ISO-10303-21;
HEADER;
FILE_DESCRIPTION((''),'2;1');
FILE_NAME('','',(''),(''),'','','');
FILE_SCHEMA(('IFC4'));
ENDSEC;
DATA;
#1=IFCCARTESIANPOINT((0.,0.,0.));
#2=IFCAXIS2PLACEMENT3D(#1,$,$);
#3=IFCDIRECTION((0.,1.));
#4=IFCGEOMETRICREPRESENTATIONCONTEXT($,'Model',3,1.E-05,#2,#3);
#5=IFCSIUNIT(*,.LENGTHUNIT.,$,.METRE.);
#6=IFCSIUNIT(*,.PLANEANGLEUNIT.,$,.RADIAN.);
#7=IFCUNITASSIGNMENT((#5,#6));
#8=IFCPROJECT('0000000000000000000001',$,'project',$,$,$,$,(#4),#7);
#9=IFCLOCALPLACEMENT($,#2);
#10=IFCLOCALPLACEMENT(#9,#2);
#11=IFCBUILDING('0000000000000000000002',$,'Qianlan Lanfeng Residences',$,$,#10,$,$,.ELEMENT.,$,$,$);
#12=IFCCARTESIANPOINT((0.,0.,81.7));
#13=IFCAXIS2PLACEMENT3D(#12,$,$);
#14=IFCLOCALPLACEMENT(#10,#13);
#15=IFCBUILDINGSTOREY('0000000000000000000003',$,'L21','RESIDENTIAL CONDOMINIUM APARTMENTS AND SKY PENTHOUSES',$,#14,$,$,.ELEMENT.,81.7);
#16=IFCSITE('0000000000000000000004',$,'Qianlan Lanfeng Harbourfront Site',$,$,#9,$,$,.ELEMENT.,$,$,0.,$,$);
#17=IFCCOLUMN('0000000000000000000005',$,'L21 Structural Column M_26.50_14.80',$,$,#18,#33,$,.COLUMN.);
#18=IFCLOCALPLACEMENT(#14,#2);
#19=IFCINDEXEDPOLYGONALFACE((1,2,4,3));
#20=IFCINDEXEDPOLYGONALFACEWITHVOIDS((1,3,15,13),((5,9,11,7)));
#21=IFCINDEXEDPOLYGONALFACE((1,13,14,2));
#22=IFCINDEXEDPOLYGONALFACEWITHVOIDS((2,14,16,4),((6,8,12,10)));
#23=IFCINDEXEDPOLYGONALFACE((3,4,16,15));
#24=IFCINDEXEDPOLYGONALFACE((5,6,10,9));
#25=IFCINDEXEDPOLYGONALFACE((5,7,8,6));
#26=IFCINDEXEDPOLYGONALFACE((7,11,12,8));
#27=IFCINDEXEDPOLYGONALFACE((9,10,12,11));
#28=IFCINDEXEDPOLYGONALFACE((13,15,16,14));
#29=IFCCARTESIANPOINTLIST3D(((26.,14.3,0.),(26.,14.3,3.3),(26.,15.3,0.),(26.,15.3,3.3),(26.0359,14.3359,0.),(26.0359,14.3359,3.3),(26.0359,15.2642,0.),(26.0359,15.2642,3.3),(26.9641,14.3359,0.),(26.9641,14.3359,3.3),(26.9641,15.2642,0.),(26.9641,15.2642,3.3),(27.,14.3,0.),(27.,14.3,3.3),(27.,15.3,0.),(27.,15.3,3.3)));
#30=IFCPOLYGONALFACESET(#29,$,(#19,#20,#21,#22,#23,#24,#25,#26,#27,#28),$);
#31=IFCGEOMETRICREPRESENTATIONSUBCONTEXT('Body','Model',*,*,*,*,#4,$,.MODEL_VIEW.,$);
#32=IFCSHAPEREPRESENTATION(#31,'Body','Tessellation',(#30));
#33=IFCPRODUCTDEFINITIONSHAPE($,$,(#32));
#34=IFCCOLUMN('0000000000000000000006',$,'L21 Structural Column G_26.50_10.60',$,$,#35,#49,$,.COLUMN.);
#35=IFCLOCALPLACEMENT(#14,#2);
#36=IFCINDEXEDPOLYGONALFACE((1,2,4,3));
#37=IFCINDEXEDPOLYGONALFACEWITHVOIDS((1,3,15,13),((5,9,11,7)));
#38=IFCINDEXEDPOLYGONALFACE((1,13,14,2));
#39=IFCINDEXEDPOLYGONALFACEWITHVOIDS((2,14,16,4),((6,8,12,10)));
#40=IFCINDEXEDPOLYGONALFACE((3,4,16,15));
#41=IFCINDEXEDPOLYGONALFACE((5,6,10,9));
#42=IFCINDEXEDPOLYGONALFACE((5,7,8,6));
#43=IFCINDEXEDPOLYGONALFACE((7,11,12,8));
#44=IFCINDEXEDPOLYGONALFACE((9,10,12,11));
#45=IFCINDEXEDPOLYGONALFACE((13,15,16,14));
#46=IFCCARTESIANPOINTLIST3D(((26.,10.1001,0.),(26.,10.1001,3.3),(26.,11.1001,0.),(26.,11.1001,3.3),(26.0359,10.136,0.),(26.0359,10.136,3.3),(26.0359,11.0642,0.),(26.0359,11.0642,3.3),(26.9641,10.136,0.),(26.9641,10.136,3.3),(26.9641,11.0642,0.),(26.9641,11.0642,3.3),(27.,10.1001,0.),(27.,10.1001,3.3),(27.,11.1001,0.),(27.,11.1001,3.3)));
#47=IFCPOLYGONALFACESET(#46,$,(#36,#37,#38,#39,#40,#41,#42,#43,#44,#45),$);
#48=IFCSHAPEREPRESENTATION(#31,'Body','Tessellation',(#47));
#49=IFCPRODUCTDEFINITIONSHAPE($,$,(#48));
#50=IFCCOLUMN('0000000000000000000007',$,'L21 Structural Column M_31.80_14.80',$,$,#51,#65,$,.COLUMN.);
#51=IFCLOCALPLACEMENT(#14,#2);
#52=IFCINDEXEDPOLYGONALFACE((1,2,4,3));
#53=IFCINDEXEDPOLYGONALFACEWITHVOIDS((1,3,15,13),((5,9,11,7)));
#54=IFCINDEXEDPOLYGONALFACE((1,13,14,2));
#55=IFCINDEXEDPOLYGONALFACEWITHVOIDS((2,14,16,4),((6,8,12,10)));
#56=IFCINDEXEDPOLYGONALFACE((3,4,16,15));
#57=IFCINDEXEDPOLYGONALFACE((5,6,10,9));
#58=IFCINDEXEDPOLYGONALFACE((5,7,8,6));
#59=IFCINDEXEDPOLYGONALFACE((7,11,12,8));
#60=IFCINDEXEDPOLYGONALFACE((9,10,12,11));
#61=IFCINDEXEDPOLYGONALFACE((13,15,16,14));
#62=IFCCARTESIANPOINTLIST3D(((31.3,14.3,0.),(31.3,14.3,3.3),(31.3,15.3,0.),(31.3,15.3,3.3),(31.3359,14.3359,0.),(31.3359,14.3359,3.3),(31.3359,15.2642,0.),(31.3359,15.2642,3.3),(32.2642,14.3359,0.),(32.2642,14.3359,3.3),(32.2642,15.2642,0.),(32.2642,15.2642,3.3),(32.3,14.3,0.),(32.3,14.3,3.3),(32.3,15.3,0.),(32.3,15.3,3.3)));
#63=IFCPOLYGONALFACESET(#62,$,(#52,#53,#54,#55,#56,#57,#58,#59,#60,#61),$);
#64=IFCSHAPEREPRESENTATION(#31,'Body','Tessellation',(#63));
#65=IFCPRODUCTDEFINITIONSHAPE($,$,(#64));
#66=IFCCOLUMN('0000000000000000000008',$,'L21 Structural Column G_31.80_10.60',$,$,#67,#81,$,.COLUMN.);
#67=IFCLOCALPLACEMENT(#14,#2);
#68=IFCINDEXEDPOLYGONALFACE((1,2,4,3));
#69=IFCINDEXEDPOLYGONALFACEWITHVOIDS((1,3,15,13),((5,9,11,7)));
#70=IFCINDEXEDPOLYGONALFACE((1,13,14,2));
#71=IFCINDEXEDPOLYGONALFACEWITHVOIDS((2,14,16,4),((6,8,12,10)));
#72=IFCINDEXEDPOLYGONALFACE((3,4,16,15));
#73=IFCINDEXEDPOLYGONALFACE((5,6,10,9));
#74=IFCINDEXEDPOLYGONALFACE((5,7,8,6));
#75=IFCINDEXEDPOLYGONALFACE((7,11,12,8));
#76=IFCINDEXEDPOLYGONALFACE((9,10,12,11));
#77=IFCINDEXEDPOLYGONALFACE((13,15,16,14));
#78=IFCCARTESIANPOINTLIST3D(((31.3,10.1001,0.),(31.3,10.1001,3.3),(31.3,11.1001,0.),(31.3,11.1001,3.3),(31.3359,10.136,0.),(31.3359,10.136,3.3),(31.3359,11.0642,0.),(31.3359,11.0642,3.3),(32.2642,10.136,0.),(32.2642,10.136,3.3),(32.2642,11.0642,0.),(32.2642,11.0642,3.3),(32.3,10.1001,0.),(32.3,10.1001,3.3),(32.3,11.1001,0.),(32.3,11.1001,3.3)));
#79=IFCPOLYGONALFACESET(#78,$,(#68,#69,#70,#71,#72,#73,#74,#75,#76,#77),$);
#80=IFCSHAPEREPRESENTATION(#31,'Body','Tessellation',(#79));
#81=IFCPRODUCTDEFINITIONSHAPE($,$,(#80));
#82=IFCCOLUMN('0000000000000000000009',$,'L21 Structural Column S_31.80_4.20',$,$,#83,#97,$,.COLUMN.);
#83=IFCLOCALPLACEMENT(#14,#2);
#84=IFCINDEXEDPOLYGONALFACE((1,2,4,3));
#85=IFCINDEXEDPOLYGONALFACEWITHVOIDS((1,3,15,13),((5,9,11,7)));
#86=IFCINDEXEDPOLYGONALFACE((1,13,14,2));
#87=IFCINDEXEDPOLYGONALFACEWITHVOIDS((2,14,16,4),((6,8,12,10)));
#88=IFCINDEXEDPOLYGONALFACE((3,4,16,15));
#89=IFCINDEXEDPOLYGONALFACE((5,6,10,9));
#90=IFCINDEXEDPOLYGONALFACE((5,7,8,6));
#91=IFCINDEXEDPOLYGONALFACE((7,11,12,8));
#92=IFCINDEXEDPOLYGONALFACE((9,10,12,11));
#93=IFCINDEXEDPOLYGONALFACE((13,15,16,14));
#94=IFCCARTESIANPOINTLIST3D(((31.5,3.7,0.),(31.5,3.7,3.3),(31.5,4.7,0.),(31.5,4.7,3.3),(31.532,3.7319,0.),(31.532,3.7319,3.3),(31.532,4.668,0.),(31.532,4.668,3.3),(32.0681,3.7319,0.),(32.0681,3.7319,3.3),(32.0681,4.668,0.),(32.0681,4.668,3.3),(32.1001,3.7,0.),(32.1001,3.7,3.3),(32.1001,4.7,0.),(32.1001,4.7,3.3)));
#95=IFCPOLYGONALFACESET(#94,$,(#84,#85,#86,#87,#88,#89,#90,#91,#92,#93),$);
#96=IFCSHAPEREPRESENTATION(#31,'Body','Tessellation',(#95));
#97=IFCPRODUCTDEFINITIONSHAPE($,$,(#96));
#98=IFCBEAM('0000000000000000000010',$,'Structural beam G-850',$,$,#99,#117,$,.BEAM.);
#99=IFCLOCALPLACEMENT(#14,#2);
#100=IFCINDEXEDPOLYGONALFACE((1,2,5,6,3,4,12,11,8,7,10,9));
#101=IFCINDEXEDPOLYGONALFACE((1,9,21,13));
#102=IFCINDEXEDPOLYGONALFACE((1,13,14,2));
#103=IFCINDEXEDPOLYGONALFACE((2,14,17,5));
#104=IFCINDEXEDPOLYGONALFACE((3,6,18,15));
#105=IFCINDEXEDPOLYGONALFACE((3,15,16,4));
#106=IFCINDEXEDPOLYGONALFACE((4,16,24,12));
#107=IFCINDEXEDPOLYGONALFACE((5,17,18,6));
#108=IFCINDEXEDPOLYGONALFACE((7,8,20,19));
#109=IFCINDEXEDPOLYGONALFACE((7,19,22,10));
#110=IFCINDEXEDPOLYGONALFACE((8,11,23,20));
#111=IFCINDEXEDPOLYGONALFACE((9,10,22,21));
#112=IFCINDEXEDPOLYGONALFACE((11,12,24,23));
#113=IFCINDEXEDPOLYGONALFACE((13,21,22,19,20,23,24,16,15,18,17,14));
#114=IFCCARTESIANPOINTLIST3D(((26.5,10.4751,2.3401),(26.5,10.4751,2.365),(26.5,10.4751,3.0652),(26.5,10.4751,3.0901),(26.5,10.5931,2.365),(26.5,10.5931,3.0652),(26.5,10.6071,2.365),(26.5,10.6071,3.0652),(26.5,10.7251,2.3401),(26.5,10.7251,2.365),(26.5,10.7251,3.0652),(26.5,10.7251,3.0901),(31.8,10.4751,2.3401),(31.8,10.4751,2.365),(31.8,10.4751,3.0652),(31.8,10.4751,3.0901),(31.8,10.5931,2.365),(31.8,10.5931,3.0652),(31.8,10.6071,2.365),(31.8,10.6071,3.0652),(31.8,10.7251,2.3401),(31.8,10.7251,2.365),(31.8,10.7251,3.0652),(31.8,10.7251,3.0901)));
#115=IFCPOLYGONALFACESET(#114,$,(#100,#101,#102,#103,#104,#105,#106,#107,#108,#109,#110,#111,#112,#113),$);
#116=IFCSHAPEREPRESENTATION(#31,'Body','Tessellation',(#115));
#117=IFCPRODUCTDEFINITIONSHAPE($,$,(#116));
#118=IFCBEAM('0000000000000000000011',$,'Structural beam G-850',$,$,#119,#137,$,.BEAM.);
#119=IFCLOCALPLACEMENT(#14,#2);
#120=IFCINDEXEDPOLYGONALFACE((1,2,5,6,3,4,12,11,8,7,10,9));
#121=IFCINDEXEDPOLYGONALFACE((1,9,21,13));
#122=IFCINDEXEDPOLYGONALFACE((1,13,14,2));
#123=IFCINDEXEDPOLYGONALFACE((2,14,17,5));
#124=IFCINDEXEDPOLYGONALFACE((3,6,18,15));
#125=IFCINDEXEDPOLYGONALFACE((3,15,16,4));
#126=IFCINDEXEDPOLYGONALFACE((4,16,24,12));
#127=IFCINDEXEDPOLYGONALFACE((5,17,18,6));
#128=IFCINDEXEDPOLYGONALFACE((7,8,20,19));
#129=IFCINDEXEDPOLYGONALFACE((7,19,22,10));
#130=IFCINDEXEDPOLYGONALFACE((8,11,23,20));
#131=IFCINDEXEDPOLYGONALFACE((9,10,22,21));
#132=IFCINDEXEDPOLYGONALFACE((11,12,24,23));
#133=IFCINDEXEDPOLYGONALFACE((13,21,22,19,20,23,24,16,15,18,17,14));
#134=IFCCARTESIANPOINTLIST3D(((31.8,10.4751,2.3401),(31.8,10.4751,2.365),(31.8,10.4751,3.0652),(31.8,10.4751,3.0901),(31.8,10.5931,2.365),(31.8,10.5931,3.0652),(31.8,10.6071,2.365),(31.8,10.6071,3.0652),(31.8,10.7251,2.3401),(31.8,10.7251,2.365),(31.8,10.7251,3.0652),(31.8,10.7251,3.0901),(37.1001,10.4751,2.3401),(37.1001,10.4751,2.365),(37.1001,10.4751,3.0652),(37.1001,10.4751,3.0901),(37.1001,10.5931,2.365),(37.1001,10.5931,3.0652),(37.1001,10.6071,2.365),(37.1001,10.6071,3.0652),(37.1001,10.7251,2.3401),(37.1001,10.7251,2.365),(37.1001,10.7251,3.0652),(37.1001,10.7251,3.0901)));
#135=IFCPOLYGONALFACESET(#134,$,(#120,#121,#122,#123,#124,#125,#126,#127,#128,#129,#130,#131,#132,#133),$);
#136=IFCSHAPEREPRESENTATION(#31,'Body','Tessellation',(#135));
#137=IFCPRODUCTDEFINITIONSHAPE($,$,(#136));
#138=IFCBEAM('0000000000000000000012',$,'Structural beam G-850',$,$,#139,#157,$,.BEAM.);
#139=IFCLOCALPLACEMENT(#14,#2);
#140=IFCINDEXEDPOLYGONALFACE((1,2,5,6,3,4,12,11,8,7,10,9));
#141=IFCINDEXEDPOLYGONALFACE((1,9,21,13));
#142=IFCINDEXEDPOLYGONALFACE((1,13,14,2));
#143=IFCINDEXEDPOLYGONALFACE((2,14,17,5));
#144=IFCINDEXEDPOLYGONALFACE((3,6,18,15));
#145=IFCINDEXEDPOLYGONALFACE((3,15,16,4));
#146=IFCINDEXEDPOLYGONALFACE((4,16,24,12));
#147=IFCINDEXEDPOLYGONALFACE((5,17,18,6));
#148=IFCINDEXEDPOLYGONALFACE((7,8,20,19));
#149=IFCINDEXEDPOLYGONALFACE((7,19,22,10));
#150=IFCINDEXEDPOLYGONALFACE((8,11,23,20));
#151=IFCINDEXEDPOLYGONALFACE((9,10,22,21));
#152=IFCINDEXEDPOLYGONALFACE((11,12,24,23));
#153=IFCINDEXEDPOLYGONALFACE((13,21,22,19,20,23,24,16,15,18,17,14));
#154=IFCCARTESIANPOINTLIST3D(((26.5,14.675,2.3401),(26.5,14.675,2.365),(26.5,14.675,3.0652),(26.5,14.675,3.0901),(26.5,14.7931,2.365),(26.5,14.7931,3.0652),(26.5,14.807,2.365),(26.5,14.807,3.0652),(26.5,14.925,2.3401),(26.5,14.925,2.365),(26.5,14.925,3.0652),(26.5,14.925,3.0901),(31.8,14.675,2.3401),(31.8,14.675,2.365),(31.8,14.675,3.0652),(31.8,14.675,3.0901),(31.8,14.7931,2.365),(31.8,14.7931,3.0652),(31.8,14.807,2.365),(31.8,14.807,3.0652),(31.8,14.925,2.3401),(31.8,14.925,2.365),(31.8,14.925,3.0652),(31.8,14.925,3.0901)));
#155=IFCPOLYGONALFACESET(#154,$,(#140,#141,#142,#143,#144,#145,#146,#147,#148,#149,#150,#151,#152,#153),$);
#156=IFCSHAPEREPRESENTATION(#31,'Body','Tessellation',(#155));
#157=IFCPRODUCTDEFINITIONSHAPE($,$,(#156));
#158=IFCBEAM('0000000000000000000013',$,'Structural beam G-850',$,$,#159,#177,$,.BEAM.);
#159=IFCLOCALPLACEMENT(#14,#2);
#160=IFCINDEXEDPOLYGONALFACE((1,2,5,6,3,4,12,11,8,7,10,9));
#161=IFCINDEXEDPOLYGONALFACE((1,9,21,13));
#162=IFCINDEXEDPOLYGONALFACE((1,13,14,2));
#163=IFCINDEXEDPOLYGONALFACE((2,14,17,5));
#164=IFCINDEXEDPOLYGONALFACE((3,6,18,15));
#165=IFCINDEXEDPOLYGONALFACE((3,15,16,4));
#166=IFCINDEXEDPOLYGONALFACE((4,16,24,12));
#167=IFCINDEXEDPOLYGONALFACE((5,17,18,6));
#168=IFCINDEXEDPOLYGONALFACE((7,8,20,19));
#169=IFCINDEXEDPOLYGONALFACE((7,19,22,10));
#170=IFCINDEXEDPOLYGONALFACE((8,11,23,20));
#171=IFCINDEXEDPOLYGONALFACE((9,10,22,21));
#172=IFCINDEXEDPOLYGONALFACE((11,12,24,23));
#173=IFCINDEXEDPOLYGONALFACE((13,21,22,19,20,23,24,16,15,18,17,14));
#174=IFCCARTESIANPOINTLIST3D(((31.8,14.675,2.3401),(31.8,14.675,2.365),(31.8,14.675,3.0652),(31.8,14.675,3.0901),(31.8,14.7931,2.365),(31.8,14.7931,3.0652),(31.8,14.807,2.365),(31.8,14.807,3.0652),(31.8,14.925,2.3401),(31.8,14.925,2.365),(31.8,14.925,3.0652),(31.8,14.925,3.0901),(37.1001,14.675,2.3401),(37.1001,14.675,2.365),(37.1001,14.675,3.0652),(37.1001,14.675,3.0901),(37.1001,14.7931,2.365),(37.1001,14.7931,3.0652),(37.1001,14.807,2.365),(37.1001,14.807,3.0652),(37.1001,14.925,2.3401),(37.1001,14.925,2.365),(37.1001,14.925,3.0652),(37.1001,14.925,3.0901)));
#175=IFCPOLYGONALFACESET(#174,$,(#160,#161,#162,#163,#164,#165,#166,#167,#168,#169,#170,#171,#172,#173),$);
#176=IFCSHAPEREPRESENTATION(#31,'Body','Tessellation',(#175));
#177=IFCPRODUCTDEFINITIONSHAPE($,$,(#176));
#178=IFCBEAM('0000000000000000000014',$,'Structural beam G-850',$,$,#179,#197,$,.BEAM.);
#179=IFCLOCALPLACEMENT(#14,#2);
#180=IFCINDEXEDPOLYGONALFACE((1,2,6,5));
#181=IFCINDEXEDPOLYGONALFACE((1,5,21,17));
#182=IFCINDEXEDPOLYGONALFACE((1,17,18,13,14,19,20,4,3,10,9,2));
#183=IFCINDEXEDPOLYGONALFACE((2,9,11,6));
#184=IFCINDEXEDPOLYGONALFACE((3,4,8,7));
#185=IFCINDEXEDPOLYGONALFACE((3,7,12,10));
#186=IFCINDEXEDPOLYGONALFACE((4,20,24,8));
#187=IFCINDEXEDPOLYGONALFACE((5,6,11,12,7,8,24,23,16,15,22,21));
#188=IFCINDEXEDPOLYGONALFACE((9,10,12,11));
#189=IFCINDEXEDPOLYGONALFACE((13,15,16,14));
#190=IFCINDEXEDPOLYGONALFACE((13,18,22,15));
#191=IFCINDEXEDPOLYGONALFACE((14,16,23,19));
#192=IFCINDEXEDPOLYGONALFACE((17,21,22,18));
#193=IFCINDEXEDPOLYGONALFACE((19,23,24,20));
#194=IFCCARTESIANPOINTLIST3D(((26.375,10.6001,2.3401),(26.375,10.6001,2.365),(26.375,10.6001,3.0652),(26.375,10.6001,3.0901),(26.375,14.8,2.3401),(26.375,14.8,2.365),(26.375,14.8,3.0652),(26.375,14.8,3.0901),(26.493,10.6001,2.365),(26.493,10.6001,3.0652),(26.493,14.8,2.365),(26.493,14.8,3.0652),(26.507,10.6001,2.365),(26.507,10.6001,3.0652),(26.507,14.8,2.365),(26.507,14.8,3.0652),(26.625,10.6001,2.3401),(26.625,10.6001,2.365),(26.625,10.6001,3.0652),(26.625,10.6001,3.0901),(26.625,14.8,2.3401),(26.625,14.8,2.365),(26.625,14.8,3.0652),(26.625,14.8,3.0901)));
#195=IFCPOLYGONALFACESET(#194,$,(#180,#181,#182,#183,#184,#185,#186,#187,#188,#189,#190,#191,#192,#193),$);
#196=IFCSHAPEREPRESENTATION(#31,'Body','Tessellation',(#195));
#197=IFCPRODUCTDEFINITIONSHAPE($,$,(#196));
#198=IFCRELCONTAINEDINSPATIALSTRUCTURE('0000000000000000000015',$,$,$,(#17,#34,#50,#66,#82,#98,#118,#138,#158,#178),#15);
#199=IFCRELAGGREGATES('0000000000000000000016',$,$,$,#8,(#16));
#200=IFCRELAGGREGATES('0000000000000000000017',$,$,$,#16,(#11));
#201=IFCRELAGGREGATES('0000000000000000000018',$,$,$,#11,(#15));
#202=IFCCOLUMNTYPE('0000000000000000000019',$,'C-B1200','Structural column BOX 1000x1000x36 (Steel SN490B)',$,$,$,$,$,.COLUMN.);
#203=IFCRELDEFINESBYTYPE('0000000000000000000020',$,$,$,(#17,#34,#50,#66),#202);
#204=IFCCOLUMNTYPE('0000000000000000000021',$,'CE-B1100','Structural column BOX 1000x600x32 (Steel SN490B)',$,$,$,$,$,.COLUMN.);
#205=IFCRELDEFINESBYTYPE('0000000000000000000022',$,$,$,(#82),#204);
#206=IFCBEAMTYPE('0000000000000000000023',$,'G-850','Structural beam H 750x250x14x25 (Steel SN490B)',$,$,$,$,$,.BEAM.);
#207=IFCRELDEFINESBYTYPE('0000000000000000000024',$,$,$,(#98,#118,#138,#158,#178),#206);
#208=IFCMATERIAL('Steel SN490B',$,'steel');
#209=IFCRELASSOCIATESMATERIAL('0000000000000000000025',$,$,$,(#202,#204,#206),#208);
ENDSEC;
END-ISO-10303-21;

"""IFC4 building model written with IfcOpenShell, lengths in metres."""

from ifc_helpers import new_model, si_unit, direction, frame, origin, origin_2d, place, context, subcontext, project, spatial, hollow_rectangle, i_section, extrude, material, material_profile, profile_set, type_object, element, save


model = new_model("IFC4")

# Units and contexts
model_context = context("Model", 3, precision=1e-05, world=origin(), true_north=direction((0.0, 1.0)))
body_context = subcontext(model_context, "Body", "Model", "MODEL_VIEW")
ifc_project = project(units=[si_unit("LENGTHUNIT", "METRE"), si_unit("PLANEANGLEUNIT", "RADIAN")], contexts=[model_context])

# Site, building, storey
site_placement = place(None, origin())
site = spatial("IfcSite", under=ifc_project, at=site_placement, Name="Qianlan Lanfeng Harbourfront Site", CompositionType="ELEMENT", RefElevation=0.0)
building_placement = place(site_placement, origin())
building = spatial("IfcBuilding", under=site, at=building_placement, Name="Qianlan Lanfeng Residences", CompositionType="ELEMENT")
storey_placement = place(building_placement, frame((0.0, 0.0, 81.7)))
storey = spatial("IfcBuildingStorey", under=building, at=storey_placement, Name="L21", Description="RESIDENTIAL CONDOMINIUM APARTMENTS AND SKY PENTHOUSES", CompositionType="ELEMENT", Elevation=81.7)

# Columns
ifc_material_1 = material(Name="Steel SN490B", Category="steel")
ifc_material_profile_1 = material_profile(ifc_material_1, hollow_rectangle(XDim=1.0, YDim=1.0, WallThickness=0.0359, at=origin_2d()), Name="BOX 1000x1000x36")
ifc_profile_set_1 = profile_set([ifc_material_profile_1], Name="Steel SN490B")
column_type_1 = type_object("IfcColumnType", Name="C-B1200", Description="Structural column BOX 1000x1000x36 (Steel SN490B)", PredefinedType="COLUMN", material=ifc_profile_set_1)
for number, where, z_axis, x_axis, name in (
    (1, (26.5, 14.8, 0.0), (0.0, 0.0, 1.0), (1.0, 0.0, 0.0), "L21 Structural Column M_26.50_14.80"),
    (2, (26.5, 10.6001, 0.0), (0.0, 0.0, 1.0), (1.0, 0.0, 0.0), "L21 Structural Column G_26.50_10.60"),
    (3, (31.8, 14.8, 0.0), (0.0, 0.0, 1.0), (1.0, 0.0, 0.0), "L21 Structural Column M_31.80_14.80"),
    (4, (31.8, 10.6001, 0.0), (0.0, 0.0, 1.0), (1.0, 0.0, 0.0), "L21 Structural Column G_31.80_10.60"),
):
    element("IfcColumn", number, at=place(storey_placement, frame(where, z_axis=z_axis, x_axis=x_axis)), inside=storey, type_object=column_type_1, Name=name, PredefinedType="COLUMN", context=body_context, shape_type="SweptSolid", body=[
        extrude(hollow_rectangle(XDim=1.0, YDim=1.0, WallThickness=0.0359, at=origin_2d()), origin(), (0.0, 0.0, 1.0), 3.3),
    ])
ifc_material_profile_2 = material_profile(ifc_material_1, hollow_rectangle(XDim=0.6001, YDim=1.0, WallThickness=0.032, at=origin_2d()), Name="BOX 1000x600x32")
ifc_profile_set_2 = profile_set([ifc_material_profile_2], Name="Steel SN490B")
column_type_2 = type_object("IfcColumnType", Name="CE-B1100", Description="Structural column BOX 1000x600x32 (Steel SN490B)", PredefinedType="COLUMN", material=ifc_profile_set_2)
column_placement = place(storey_placement, frame((31.8, 4.2, 0.0), z_axis=(0.0, 0.0, 1.0), x_axis=(1.0, 0.0, 0.0)))
element("IfcColumn", 5, at=column_placement, inside=storey, type_object=column_type_2, Name="L21 Structural Column S_31.80_4.20", PredefinedType="COLUMN", context=body_context, shape_type="SweptSolid", body=[
    extrude(hollow_rectangle(XDim=0.6001, YDim=1.0, WallThickness=0.032, at=origin_2d()), origin(), (0.0, 0.0, 1.0), 3.3),
])

# Beams
ifc_material_profile_3 = material_profile(ifc_material_1, i_section(OverallWidth=0.25, OverallDepth=0.75, WebThickness=0.0139, FlangeThickness=0.0249, at=origin_2d()), Name="H 750x250x14x25")
ifc_profile_set_3 = profile_set([ifc_material_profile_3], Name="Steel SN490B")
beam_type_1 = type_object("IfcBeamType", Name="G-850", Description="Structural beam H 750x250x14x25 (Steel SN490B)", PredefinedType="BEAM", material=ifc_profile_set_3)
for number, where, z_axis, x_axis, name in (
    (6, (26.5, 10.6001, 2.7151), (1.0, 0.0, 0.0), (0.0, 1.0, 0.0), "Structural beam G-850"),
    (7, (31.8, 10.6001, 2.7151), (1.0, 0.0, 0.0), (0.0, 1.0, 0.0), "Structural beam G-850"),
    (8, (26.5, 14.8, 2.7151), (1.0, 0.0, 0.0), (0.0, 1.0, 0.0), "Structural beam G-850"),
    (9, (31.8, 14.8, 2.7151), (1.0, 0.0, 0.0), (0.0, 1.0, 0.0), "Structural beam G-850"),
):
    element("IfcBeam", number, at=place(storey_placement, frame(where, z_axis=z_axis, x_axis=x_axis)), inside=storey, type_object=beam_type_1, Name=name, PredefinedType="BEAM", context=body_context, shape_type="SweptSolid", body=[
        extrude(i_section(OverallWidth=0.25, OverallDepth=0.75, WebThickness=0.0139, FlangeThickness=0.0249, at=origin_2d()), origin(), (0.0, 0.0, 1.0), 5.3),
    ])
beam_1_placement = place(storey_placement, frame((26.5, 10.6001, 2.7151), z_axis=(0.0, 1.0, 0.0), x_axis=(-1.0, 0.0, 0.0)))
element("IfcBeam", 10, at=beam_1_placement, inside=storey, type_object=beam_type_1, Name="Structural beam G-850", PredefinedType="BEAM", context=body_context, shape_type="SweptSolid", body=[
    extrude(i_section(OverallWidth=0.25, OverallDepth=0.75, WebThickness=0.0139, FlangeThickness=0.0249, at=origin_2d()), origin(), (0.0, 0.0, 1.0), 4.2),
])

save(model, "model.ifc")
